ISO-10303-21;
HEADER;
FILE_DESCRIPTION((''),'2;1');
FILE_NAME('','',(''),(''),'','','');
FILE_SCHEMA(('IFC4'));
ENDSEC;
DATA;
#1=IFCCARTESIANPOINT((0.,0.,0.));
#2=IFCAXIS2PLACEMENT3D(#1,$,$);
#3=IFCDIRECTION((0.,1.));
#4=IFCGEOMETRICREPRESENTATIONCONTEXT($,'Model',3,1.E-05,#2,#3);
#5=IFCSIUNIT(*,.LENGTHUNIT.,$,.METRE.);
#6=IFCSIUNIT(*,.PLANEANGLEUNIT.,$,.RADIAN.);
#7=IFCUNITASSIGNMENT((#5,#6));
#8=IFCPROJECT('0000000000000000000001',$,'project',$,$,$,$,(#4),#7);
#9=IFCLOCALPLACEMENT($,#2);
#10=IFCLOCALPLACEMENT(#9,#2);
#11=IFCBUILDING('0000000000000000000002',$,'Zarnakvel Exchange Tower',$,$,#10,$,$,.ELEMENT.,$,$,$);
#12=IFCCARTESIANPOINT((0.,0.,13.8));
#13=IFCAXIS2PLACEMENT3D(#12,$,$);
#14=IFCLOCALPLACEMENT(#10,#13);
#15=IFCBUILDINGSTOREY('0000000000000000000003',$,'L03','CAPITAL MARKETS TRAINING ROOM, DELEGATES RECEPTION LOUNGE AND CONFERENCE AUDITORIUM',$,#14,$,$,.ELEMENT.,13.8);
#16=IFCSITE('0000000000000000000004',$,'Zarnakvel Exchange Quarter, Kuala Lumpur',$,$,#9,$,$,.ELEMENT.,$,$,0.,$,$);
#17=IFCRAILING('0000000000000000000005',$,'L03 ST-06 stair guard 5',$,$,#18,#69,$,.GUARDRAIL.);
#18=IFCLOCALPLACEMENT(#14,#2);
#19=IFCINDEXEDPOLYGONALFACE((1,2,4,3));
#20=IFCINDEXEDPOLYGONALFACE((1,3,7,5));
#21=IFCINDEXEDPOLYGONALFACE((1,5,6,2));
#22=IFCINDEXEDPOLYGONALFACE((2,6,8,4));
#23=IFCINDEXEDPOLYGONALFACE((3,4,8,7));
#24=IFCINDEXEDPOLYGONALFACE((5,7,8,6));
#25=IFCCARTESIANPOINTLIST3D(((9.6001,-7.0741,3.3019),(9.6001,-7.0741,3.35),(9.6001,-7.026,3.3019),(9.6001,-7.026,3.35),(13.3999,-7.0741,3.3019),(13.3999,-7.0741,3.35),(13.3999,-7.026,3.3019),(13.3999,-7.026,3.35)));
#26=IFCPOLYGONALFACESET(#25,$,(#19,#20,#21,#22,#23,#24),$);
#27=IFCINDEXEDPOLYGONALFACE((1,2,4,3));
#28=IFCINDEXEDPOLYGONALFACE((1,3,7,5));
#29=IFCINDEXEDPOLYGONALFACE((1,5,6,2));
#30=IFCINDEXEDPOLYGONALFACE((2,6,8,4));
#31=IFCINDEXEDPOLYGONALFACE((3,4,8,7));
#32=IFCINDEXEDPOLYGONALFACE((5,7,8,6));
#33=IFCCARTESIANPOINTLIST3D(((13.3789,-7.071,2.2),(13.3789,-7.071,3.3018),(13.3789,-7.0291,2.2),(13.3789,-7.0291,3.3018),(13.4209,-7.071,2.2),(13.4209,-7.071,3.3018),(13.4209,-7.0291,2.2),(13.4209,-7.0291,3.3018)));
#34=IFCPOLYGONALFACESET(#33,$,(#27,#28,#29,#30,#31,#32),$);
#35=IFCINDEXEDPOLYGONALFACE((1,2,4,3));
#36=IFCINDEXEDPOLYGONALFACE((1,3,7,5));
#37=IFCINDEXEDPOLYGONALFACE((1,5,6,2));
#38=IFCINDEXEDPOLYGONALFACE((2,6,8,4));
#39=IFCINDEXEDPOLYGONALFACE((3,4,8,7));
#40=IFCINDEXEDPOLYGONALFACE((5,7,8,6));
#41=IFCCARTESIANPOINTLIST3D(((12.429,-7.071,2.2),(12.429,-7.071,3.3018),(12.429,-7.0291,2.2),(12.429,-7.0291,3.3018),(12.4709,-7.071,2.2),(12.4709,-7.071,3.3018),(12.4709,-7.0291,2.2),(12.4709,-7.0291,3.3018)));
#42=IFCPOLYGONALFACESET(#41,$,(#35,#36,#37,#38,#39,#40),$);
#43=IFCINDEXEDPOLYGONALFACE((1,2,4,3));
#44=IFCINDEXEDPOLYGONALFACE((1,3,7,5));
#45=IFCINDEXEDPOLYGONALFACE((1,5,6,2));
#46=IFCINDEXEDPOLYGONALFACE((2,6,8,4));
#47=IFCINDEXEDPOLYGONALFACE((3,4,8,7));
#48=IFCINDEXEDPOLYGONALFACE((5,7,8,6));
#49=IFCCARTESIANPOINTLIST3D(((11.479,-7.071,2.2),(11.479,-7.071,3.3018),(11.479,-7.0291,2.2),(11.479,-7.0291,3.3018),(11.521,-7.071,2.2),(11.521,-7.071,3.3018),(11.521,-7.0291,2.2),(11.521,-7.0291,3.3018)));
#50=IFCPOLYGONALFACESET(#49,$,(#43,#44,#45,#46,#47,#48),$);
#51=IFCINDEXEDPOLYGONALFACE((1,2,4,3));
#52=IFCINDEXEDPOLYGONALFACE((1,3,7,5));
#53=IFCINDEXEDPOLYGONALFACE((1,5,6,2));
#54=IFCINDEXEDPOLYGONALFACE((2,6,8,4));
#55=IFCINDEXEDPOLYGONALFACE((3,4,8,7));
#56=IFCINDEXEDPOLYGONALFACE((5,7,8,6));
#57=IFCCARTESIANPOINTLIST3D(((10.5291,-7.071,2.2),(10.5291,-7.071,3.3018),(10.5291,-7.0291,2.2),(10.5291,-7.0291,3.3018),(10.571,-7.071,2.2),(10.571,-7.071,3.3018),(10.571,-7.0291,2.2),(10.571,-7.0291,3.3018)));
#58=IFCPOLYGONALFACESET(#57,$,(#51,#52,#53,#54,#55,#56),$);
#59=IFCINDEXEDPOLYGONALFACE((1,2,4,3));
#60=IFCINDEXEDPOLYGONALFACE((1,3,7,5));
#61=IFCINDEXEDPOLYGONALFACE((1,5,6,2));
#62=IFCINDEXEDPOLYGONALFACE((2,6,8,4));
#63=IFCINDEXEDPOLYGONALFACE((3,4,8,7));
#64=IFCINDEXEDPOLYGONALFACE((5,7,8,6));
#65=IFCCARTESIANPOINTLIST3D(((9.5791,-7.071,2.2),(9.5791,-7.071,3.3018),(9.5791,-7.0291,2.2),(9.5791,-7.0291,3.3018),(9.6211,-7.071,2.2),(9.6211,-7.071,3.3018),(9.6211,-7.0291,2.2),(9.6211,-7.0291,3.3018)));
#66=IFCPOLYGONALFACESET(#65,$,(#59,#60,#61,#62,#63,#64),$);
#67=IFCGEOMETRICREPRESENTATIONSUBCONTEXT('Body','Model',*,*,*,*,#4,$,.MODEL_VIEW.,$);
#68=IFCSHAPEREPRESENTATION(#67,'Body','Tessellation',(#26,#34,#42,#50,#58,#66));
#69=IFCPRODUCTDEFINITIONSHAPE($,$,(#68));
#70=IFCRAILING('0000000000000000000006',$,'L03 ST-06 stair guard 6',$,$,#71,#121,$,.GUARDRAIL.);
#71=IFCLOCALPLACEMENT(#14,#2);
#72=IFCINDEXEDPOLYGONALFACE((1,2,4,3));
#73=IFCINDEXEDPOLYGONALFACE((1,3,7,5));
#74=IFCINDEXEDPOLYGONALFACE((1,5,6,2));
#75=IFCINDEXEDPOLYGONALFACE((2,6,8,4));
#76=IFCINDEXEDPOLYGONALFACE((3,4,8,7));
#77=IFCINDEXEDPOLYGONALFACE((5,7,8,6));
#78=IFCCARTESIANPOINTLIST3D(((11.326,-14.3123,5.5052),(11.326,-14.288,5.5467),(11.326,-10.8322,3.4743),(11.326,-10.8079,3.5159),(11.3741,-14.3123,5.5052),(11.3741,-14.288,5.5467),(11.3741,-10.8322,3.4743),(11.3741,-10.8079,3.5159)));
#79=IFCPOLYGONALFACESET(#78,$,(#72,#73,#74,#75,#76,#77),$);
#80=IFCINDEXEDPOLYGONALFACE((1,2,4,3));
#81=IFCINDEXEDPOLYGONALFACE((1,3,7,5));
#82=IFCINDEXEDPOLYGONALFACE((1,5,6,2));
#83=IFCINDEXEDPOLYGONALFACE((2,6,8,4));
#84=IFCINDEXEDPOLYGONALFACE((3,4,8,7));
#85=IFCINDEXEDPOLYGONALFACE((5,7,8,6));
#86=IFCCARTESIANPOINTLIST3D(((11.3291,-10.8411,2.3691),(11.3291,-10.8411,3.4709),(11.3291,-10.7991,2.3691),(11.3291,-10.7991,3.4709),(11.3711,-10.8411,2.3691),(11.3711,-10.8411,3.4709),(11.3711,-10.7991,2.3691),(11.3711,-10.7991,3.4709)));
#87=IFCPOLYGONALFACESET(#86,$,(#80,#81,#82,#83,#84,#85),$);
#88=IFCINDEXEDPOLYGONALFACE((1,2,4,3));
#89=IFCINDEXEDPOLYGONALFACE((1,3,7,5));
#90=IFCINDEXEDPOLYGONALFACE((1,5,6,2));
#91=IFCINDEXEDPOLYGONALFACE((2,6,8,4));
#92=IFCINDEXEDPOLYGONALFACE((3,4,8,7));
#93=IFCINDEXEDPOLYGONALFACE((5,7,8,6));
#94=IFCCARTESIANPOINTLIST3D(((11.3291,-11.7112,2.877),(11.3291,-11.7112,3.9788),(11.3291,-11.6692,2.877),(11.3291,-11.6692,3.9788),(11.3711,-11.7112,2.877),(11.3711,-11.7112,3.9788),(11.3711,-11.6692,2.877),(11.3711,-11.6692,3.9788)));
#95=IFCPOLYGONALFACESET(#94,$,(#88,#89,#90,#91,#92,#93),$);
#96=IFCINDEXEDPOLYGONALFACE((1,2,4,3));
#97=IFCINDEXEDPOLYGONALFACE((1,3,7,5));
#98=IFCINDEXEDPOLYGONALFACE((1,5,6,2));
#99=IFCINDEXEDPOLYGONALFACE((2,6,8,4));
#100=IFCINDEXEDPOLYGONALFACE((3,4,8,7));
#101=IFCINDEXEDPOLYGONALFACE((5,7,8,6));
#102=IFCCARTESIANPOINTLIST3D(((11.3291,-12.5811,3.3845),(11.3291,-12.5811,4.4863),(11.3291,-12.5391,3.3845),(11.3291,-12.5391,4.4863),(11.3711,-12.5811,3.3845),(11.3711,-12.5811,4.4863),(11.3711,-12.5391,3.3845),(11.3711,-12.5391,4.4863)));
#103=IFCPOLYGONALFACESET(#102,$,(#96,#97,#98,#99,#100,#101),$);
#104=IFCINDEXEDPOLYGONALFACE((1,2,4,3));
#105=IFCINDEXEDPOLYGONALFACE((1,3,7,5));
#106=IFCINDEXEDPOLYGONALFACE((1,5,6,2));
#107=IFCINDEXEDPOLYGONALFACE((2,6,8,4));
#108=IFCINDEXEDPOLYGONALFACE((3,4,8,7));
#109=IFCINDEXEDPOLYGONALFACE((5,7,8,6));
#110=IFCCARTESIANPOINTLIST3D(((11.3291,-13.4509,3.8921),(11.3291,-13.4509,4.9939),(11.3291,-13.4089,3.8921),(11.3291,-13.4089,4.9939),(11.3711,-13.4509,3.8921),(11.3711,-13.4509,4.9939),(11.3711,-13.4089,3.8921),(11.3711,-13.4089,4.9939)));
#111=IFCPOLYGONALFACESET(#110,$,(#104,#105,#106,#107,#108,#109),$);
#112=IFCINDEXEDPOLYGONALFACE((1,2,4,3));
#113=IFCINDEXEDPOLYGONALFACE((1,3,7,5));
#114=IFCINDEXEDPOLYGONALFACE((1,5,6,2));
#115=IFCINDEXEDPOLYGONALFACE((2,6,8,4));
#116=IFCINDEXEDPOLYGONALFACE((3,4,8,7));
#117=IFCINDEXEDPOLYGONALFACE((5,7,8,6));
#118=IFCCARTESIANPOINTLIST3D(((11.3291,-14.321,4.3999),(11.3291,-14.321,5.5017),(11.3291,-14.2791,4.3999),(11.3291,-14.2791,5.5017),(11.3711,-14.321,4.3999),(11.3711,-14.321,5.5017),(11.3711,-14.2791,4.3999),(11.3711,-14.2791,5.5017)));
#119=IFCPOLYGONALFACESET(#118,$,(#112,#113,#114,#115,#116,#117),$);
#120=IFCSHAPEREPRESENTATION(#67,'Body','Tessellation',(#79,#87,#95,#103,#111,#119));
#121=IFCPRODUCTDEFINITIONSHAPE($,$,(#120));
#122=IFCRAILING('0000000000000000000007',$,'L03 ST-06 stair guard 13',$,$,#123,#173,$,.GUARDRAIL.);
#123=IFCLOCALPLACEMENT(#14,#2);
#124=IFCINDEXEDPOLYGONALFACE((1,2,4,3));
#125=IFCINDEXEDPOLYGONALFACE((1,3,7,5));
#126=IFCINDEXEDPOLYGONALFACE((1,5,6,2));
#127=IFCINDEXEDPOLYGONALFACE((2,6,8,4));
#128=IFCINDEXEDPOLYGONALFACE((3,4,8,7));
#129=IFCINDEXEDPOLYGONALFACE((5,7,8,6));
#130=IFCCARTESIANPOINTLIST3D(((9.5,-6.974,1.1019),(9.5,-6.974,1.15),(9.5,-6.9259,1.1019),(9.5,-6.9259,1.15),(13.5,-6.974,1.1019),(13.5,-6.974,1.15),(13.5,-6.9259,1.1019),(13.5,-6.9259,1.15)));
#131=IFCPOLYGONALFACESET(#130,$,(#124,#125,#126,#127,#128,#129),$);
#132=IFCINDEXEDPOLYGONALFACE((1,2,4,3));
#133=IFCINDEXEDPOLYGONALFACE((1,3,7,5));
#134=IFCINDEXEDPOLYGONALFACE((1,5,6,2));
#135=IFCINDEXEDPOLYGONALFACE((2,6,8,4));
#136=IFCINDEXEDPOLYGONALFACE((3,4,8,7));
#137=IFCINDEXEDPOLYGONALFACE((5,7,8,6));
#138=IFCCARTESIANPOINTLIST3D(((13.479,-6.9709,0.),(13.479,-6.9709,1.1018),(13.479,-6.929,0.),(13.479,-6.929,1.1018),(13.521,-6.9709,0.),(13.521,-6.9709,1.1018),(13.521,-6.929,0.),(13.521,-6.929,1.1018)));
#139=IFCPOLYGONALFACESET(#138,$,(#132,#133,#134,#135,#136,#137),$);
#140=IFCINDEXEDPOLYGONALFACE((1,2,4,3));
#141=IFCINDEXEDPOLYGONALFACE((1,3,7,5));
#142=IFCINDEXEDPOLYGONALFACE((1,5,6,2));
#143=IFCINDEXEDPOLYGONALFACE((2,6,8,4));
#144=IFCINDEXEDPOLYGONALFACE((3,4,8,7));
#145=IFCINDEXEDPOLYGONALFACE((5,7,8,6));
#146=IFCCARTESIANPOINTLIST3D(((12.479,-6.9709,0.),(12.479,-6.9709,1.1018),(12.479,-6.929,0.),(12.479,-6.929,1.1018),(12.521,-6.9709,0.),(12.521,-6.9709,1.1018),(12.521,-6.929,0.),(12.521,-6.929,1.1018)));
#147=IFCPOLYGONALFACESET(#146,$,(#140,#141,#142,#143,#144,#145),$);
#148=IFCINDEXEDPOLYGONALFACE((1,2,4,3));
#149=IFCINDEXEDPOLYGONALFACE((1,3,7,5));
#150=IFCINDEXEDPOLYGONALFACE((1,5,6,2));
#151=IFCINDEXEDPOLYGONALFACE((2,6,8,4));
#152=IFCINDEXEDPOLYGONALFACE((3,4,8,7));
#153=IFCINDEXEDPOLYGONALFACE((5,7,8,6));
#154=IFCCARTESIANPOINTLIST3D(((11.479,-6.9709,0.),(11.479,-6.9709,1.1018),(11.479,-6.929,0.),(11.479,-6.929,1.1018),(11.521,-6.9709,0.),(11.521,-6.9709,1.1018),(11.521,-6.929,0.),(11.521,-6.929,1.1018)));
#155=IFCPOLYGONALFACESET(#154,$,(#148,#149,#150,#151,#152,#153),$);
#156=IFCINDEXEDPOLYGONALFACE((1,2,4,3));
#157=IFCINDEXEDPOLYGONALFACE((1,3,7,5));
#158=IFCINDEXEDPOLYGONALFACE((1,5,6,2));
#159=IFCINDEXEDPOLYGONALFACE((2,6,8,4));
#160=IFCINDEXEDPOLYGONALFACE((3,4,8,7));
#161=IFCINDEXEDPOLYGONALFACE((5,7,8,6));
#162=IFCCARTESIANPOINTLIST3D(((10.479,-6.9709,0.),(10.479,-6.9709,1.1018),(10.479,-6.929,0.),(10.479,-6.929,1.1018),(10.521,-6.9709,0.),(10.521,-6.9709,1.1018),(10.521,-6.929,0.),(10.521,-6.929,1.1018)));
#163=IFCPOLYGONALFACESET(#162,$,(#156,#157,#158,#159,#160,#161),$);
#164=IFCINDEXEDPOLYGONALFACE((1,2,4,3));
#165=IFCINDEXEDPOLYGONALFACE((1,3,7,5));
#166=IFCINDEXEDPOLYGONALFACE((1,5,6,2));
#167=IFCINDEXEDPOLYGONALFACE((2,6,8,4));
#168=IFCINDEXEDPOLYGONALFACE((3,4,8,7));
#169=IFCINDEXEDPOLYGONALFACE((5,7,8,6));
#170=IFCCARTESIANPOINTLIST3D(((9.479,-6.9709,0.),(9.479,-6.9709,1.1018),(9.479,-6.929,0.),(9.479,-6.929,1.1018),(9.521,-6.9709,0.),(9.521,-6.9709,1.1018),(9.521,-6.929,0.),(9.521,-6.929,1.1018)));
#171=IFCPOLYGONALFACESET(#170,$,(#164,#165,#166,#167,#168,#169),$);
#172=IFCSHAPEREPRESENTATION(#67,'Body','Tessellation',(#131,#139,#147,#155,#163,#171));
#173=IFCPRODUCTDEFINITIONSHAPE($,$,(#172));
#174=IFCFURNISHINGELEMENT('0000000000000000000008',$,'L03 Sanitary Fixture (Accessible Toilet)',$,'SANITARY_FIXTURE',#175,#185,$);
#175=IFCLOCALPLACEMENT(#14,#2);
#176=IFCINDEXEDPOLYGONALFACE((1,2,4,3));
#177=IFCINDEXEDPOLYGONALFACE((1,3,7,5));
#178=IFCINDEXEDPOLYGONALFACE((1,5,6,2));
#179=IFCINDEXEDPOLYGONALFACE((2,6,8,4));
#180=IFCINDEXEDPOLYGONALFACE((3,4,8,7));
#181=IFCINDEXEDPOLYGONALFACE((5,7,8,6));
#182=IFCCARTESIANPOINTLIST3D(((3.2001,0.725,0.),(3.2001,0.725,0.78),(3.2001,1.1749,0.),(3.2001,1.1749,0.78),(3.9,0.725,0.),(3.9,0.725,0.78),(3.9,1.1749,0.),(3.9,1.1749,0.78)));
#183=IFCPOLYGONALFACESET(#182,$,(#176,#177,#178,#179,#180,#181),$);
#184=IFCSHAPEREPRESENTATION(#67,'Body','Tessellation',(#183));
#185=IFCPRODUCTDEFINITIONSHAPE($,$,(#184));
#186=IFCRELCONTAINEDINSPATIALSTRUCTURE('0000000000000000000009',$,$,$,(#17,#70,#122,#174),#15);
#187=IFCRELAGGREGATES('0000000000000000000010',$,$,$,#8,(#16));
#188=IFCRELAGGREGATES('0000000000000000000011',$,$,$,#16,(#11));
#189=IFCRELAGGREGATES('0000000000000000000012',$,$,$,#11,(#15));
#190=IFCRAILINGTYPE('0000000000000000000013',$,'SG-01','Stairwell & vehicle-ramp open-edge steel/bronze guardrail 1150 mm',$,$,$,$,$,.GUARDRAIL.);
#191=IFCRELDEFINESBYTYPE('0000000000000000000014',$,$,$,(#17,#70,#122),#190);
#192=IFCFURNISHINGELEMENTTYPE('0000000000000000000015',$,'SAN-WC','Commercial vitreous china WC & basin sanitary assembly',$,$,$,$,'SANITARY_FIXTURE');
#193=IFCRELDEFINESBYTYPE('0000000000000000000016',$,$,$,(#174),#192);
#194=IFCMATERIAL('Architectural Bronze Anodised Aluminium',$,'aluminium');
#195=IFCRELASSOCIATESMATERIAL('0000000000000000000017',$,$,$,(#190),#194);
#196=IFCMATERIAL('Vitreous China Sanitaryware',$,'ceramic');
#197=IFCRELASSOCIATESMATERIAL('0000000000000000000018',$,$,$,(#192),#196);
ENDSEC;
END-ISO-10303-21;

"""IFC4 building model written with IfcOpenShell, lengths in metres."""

from ifc_helpers import new_model, si_unit, direction, frame, origin, origin_2d, place, context, subcontext, project, spatial, rectangle, extrude, source, transform, mapped, material, type_object, element, save


model = new_model("IFC4")

# Units and contexts
model_context = context("Model", 3, precision=1e-05, world=origin(), true_north=direction((0.0, 1.0)))
body_context = subcontext(model_context, "Body", "Model", "MODEL_VIEW")
ifc_project = project(units=[si_unit("LENGTHUNIT", "METRE"), si_unit("PLANEANGLEUNIT", "RADIAN")], contexts=[model_context])

# Site, building, storey
site_placement = place(None, origin())
site = spatial("IfcSite", under=ifc_project, at=site_placement, Name="Zarnakvel Exchange Quarter, Kuala Lumpur", CompositionType="ELEMENT", RefElevation=0.0)
building_placement = place(site_placement, origin())
building = spatial("IfcBuilding", under=site, at=building_placement, Name="Zarnakvel Exchange Tower", CompositionType="ELEMENT")
storey_placement = place(building_placement, frame((0.0, 0.0, 13.8)))
storey = spatial("IfcBuildingStorey", under=building, at=storey_placement, Name="L03", Description="CAPITAL MARKETS TRAINING ROOM, DELEGATES RECEPTION LOUNGE AND CONFERENCE AUDITORIUM", CompositionType="ELEMENT", Elevation=13.8)

# Railings
ifc_material_1 = material(Name="Architectural Bronze Anodised Aluminium", Category="aluminium")
railing_type_1 = type_object("IfcRailingType", Name="SG-01", Description="Stairwell & vehicle-ramp open-edge steel/bronze guardrail 1150 mm", PredefinedType="GUARDRAIL", material=ifc_material_1)
railing_1_placement = place(storey_placement, frame((13.3999, -7.05, 2.2)))
element("IfcRailing", 1, at=railing_1_placement, inside=storey, type_object=railing_type_1, Name="L03 ST-06 stair guard 5", PredefinedType="GUARDRAIL", context=body_context, shape_type="SweptSolid", body=[
    extrude(rectangle(XDim=0.0481, YDim=0.0481, at=origin_2d()), frame((0.0, 0.0, 1.126), z_axis=(-1.0, 0.0, 0.0), x_axis=(0.0, -1.0, 0.0)), (0.0, 0.0, 1.0), 3.7998),
    extrude(rectangle(XDim=0.042, YDim=0.042, at=origin_2d()), origin(), (0.0, 0.0, 1.0), 1.1018),
    extrude(rectangle(XDim=0.042, YDim=0.042, at=origin_2d()), frame((-0.95, 0.0, 0.0)), (0.0, 0.0, 1.0), 1.1018),
    extrude(rectangle(XDim=0.042, YDim=0.042, at=origin_2d()), frame((-1.8999, 0.0, 0.0)), (0.0, 0.0, 1.0), 1.1018),
    extrude(rectangle(XDim=0.042, YDim=0.042, at=origin_2d()), frame((-2.8499, 0.0, 0.0)), (0.0, 0.0, 1.0), 1.1018),
    extrude(rectangle(XDim=0.042, YDim=0.042, at=origin_2d()), frame((-3.7998, 0.0, 0.0)), (0.0, 0.0, 1.0), 1.1018),
])
railing_2_placement = place(storey_placement, frame((11.3501, -10.8201, 2.3691)))
element("IfcRailing", 2, at=railing_2_placement, inside=storey, type_object=railing_type_1, Name="L03 ST-06 stair guard 6", PredefinedType="GUARDRAIL", context=body_context, shape_type="SweptSolid", body=[
    extrude(rectangle(XDim=0.0481, YDim=0.0481, at=origin_2d()), frame((0.0, 0.0, 1.126), z_axis=(0.0, -0.863695, 0.504014), x_axis=(1.0, 0.0, 0.0)), (0.0, 0.0, 1.0), 4.0293),
    extrude(rectangle(XDim=0.042, YDim=0.042, at=origin_2d()), origin(), (0.0, 0.0, 1.0), 1.1018),
    extrude(rectangle(XDim=0.042, YDim=0.042, at=origin_2d()), frame((0.0, -0.8701, 0.5078)), (0.0, 0.0, 1.0), 1.1018),
    extrude(rectangle(XDim=0.042, YDim=0.042, at=origin_2d()), frame((0.0, -1.74, 1.0154)), (0.0, 0.0, 1.0), 1.1018),
    extrude(rectangle(XDim=0.042, YDim=0.042, at=origin_2d()), frame((0.0, -2.6099, 1.5229)), (0.0, 0.0, 1.0), 1.1018),
    extrude(rectangle(XDim=0.042, YDim=0.042, at=origin_2d()), frame((0.0, -3.48, 2.0308)), (0.0, 0.0, 1.0), 1.1018),
])
railing_3_placement = place(storey_placement, frame((13.5, -6.95, 0.0)))
element("IfcRailing", 3, at=railing_3_placement, inside=storey, type_object=railing_type_1, Name="L03 ST-06 stair guard 13", PredefinedType="GUARDRAIL", context=body_context, shape_type="SweptSolid", body=[
    extrude(rectangle(XDim=0.0481, YDim=0.0481, at=origin_2d()), frame((0.0, 0.0, 1.126), z_axis=(-1.0, 0.0, 0.0), x_axis=(0.0, -1.0, 0.0)), (0.0, 0.0, 1.0), 4.0),
    extrude(rectangle(XDim=0.042, YDim=0.042, at=origin_2d()), origin(), (0.0, 0.0, 1.0), 1.1018),
    extrude(rectangle(XDim=0.042, YDim=0.042, at=origin_2d()), frame((-1.0, 0.0, 0.0)), (0.0, 0.0, 1.0), 1.1018),
    extrude(rectangle(XDim=0.042, YDim=0.042, at=origin_2d()), frame((-2.0, 0.0, 0.0)), (0.0, 0.0, 1.0), 1.1018),
    extrude(rectangle(XDim=0.042, YDim=0.042, at=origin_2d()), frame((-3.0, 0.0, 0.0)), (0.0, 0.0, 1.0), 1.1018),
    extrude(rectangle(XDim=0.042, YDim=0.042, at=origin_2d()), frame((-4.0, 0.0, 0.0)), (0.0, 0.0, 1.0), 1.1018),
])

# Furnishing element
ifc_material_2 = material(Name="Vitreous China Sanitaryware", Category="ceramic")
furnishing_element_type = type_object("IfcFurnishingElementType", Name="SAN-WC", Description="Commercial vitreous china WC & basin sanitary assembly", ElementType="SANITARY_FIXTURE", material=ifc_material_2)
shared_shape_1 = source(origin(), body_context, "Body", "SweptSolid", [
    extrude(rectangle(XDim=0.7, YDim=0.45, at=origin_2d()), origin(), (0.0, 0.0, 1.0), 0.78),
])
furnishing_placement = place(storey_placement, frame((3.55, 0.95, 0.0), z_axis=(0.0, 0.0, 1.0), x_axis=(1.0, 0.0, 0.0)))
element("IfcFurnishingElement", 4, at=furnishing_placement, inside=storey, type_object=furnishing_element_type, Name="L03 Sanitary Fixture (Accessible Toilet)", ObjectType="SANITARY_FIXTURE", context=body_context, shape_type="MappedRepresentation", body=[
    mapped(shared_shape_1, transform((0.0, 0.0, 0.0), x_axis=(1.0, 0.0, 0.0), y_axis=(0.0, 1.0, 0.0), z_axis=(0.0, 0.0, 1.0), scale=1.0)),
])

save(model, "model.ifc")
